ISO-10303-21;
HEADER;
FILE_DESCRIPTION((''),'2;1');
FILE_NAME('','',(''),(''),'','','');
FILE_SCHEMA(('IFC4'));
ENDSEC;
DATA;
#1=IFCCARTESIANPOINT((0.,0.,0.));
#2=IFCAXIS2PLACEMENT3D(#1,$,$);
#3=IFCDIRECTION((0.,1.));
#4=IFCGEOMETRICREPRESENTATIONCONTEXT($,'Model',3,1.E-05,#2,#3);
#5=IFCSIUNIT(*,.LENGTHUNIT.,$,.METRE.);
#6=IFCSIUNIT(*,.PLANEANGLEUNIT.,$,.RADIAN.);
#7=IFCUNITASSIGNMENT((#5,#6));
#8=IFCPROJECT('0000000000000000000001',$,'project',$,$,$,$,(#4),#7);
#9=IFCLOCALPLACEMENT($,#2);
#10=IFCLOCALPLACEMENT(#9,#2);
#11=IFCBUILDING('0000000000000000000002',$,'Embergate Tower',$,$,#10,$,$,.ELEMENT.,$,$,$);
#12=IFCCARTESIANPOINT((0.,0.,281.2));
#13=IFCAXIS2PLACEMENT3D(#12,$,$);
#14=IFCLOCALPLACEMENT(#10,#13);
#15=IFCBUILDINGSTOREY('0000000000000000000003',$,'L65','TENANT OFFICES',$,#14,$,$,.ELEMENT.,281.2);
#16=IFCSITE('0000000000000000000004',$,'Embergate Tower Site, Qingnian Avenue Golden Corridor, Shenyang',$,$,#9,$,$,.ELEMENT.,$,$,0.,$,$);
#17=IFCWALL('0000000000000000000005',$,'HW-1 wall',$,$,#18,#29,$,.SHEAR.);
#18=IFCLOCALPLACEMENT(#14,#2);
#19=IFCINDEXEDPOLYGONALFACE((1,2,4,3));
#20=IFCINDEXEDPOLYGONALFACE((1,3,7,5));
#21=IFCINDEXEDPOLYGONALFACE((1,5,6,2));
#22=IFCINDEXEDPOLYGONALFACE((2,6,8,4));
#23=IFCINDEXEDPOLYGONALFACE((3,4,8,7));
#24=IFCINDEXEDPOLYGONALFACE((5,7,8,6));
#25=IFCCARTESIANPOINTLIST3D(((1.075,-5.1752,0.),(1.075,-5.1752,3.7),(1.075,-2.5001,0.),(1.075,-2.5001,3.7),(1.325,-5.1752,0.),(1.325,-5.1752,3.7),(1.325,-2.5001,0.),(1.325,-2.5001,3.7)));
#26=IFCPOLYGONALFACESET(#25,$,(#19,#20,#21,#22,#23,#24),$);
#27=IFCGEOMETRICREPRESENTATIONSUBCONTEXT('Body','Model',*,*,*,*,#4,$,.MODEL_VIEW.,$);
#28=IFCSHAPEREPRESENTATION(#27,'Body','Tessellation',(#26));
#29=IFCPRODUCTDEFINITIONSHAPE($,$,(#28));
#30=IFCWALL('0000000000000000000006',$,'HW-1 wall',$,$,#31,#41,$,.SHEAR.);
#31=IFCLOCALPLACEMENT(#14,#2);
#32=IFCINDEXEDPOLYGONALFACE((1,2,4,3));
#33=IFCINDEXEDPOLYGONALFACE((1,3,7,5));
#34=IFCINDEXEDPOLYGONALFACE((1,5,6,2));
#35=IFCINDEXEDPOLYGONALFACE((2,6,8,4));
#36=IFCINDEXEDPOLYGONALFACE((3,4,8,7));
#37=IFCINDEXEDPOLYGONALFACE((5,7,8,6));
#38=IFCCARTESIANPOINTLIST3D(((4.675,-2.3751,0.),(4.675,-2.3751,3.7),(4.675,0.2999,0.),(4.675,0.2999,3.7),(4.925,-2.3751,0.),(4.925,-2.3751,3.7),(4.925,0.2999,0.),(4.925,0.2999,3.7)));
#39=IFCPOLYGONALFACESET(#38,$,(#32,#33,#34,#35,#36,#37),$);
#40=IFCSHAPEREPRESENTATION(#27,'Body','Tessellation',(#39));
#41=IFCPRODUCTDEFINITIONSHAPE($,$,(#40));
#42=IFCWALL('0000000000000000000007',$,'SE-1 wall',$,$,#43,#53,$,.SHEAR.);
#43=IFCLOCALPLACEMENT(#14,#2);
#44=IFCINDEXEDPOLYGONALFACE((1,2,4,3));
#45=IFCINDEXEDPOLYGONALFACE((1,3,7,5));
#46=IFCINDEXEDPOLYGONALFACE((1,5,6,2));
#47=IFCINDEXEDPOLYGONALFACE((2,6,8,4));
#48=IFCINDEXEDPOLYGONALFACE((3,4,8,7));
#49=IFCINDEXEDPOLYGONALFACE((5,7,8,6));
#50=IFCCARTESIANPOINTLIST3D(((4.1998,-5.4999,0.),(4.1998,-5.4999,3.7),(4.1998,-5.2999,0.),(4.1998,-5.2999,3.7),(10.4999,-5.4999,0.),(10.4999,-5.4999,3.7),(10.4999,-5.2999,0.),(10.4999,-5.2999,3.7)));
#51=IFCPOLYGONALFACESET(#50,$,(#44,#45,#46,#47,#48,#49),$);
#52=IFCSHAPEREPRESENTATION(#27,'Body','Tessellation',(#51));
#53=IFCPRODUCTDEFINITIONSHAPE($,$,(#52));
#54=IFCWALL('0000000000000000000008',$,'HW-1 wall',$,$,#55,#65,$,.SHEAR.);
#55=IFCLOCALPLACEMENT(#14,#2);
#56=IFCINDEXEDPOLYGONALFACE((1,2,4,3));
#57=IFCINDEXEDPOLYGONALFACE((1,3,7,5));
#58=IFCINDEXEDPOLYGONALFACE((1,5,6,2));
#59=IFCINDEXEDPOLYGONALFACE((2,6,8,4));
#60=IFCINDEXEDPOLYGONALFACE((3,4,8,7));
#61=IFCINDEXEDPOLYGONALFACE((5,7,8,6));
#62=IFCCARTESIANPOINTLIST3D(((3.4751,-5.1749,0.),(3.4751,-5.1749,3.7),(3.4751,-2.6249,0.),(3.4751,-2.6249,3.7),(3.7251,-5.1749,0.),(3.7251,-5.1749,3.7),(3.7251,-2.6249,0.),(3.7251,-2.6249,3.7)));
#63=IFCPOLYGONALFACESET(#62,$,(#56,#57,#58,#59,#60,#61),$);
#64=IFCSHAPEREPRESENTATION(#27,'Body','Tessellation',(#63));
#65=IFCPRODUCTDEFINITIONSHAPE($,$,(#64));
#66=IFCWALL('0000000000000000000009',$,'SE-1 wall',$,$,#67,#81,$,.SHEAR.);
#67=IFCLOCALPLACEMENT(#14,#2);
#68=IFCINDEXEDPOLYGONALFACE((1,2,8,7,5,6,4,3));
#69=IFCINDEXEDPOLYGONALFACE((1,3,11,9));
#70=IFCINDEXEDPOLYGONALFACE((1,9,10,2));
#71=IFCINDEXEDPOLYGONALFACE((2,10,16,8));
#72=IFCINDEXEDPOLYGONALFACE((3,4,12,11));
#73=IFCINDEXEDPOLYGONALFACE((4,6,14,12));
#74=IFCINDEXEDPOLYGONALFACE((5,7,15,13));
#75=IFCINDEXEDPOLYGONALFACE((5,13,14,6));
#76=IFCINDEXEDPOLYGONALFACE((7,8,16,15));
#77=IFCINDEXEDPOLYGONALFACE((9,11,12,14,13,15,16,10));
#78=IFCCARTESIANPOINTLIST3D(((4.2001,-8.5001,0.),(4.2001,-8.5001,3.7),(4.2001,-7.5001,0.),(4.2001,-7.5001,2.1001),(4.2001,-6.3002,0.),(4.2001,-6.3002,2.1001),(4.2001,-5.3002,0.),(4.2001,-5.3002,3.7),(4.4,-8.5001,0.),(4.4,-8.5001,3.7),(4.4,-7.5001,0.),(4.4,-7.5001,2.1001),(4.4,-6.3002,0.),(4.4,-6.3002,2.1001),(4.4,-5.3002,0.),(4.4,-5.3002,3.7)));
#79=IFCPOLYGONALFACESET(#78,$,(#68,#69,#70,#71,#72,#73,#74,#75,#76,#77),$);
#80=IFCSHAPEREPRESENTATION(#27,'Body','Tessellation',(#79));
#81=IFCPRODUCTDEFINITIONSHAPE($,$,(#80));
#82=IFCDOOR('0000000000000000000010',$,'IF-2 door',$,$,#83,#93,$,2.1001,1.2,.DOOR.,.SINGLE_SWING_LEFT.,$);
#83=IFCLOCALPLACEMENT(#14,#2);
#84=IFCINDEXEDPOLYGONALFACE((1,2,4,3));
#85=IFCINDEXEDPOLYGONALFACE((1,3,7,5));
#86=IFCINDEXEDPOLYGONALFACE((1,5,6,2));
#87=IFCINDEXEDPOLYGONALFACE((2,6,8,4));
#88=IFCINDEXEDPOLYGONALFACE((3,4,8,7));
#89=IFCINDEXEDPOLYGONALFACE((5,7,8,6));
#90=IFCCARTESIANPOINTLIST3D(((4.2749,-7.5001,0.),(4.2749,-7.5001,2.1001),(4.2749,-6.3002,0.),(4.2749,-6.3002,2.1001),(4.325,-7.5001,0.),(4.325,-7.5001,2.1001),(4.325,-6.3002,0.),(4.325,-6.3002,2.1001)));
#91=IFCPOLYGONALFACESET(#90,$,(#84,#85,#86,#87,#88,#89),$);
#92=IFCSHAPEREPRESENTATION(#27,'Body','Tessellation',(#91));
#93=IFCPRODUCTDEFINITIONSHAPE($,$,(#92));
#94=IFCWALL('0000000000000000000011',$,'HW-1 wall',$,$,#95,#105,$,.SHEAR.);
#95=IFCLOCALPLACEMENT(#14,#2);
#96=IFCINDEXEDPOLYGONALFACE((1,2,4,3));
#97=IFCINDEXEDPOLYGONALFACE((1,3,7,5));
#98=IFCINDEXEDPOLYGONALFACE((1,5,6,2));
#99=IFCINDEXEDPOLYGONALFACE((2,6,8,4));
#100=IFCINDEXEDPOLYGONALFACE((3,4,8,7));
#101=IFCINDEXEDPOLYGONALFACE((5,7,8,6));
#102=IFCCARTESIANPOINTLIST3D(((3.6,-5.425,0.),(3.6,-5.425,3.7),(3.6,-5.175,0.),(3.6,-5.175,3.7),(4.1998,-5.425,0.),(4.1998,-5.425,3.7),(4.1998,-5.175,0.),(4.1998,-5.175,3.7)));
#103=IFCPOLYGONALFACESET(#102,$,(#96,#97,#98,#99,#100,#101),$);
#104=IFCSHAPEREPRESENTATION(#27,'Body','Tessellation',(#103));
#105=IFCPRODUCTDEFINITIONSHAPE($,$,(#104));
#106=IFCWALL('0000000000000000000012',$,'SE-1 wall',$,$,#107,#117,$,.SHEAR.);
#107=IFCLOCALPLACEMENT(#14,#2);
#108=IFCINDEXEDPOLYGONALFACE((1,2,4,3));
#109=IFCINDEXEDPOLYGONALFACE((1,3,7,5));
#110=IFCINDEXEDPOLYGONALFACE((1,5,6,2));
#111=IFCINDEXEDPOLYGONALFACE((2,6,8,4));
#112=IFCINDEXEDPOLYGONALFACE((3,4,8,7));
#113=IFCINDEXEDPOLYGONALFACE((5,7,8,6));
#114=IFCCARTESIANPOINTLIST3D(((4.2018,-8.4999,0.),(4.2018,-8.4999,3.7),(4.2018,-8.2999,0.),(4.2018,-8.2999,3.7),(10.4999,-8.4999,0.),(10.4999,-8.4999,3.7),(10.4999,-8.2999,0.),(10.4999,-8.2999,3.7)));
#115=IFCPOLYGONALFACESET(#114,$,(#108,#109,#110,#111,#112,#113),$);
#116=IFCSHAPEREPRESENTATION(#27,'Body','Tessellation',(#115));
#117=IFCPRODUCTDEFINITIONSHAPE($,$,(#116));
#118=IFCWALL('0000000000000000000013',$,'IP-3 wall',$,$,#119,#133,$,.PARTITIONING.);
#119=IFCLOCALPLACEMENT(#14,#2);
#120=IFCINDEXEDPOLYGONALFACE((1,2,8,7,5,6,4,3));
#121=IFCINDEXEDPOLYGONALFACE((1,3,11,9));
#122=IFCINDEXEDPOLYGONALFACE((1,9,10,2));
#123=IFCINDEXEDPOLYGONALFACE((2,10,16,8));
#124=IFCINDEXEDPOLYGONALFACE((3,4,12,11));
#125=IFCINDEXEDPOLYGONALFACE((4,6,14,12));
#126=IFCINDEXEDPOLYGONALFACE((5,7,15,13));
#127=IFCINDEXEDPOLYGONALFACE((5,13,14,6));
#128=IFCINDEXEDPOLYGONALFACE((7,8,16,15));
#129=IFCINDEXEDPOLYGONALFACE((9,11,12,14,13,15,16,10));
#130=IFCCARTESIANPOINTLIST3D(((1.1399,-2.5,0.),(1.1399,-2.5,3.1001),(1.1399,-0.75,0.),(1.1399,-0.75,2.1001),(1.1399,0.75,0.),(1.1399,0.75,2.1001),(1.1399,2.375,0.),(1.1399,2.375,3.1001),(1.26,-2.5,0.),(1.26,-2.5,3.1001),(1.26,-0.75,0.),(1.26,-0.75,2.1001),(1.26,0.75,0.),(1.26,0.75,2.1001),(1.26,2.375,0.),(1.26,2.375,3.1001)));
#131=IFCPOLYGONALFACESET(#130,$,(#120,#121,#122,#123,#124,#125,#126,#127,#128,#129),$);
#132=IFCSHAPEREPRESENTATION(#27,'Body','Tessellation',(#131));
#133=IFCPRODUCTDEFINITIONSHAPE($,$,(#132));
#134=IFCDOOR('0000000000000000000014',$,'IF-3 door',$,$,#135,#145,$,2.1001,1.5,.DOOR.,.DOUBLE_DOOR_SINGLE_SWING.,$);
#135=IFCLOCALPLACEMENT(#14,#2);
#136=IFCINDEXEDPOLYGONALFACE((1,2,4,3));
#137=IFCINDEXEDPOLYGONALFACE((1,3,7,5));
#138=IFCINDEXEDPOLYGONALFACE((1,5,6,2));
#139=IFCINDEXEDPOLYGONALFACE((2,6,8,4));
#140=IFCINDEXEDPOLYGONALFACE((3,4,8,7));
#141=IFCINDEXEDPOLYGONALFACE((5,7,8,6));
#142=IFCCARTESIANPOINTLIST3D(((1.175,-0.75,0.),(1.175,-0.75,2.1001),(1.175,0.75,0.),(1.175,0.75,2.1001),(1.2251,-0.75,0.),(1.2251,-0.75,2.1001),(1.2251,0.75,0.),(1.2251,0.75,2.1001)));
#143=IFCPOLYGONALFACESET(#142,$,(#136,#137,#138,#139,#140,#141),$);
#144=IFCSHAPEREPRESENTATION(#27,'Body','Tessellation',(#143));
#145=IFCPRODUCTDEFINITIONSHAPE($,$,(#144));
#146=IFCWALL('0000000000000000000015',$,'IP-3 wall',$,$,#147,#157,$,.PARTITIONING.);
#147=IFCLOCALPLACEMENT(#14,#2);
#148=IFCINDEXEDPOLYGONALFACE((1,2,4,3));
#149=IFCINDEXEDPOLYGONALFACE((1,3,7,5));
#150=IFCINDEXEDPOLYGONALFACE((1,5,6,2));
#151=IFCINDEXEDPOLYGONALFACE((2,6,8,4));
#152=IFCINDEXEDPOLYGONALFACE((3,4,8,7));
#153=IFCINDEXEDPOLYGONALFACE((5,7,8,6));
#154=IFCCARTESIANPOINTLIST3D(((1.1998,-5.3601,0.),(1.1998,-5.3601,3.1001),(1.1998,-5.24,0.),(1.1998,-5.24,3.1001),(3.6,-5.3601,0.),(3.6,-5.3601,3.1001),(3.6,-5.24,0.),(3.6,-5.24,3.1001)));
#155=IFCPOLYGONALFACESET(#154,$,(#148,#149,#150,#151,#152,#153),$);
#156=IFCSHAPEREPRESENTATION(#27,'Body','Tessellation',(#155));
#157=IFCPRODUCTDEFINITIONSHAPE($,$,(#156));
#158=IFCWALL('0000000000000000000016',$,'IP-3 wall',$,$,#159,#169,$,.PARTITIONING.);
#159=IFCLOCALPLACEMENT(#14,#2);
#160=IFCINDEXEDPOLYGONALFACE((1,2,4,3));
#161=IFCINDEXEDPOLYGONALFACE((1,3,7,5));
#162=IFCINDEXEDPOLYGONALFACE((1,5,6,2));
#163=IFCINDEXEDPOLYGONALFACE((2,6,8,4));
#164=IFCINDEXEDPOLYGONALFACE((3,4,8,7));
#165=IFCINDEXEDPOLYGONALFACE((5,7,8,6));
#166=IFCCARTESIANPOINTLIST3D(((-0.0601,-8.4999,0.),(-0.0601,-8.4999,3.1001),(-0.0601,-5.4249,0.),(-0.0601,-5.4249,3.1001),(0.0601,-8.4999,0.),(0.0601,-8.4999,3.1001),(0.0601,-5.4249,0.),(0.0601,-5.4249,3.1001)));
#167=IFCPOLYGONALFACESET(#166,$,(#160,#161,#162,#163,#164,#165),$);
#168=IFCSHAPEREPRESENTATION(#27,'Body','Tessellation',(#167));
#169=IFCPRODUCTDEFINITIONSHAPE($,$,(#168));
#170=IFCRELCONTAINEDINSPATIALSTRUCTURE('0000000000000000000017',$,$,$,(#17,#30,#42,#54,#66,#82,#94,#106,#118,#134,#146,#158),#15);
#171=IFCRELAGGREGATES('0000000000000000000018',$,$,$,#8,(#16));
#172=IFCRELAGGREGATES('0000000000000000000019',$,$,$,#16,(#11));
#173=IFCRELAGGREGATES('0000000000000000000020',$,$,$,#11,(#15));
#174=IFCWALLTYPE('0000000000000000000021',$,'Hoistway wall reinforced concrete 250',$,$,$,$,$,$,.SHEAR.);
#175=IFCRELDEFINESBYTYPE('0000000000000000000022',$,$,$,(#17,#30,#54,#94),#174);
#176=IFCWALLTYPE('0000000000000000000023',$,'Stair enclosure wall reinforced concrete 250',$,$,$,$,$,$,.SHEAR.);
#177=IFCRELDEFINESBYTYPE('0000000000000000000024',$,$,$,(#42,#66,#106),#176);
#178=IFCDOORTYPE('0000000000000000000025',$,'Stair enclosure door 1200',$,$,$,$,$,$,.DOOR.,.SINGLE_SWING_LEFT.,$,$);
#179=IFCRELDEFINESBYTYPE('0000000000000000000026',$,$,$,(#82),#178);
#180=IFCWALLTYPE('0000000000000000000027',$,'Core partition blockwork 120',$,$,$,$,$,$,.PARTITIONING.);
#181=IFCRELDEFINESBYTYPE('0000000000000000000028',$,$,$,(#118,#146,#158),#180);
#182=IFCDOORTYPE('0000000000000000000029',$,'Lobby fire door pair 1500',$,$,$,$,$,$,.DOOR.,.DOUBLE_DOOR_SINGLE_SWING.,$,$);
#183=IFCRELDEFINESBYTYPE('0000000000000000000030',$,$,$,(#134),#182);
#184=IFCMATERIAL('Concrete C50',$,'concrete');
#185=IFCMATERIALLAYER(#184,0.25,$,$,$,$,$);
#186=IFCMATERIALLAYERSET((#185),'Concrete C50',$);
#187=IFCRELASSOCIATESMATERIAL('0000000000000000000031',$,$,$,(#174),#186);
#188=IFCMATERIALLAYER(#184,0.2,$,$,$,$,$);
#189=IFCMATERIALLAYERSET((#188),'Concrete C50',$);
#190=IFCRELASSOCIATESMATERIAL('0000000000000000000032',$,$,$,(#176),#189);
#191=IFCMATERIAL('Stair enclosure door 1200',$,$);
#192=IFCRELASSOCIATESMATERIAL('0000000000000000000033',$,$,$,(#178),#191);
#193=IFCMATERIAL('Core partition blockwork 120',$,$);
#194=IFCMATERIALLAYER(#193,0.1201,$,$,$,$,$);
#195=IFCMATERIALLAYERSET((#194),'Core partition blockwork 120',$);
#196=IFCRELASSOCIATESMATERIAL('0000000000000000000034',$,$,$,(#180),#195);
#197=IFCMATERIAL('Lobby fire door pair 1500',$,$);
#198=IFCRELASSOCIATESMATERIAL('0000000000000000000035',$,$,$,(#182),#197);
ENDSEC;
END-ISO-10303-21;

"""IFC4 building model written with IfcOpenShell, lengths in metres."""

from ifc_helpers import new_model, si_unit, direction, frame, frame_2d, origin, place, context, subcontext, project, spatial, rectangle, extrude, source, transform, mapped, material, layer, layer_set, type_object, element, fill, save


model = new_model("IFC4")

# Units and contexts
model_context = context("Model", 3, precision=1e-05, world=origin(), true_north=direction((0.0, 1.0)))
body_context = subcontext(model_context, "Body", "Model", "MODEL_VIEW")
ifc_project = project(units=[si_unit("LENGTHUNIT", "METRE"), si_unit("PLANEANGLEUNIT", "RADIAN")], contexts=[model_context])

# Site, building, storey
site_placement = place(None, origin())
site = spatial("IfcSite", under=ifc_project, at=site_placement, Name="Embergate Tower Site, Qingnian Avenue Golden Corridor, Shenyang", CompositionType="ELEMENT", RefElevation=0.0)
building_placement = place(site_placement, origin())
building = spatial("IfcBuilding", under=site, at=building_placement, Name="Embergate Tower", CompositionType="ELEMENT")
storey_placement = place(building_placement, frame((0.0, 0.0, 281.2)))
storey = spatial("IfcBuildingStorey", under=building, at=storey_placement, Name="L65", Description="TENANT OFFICES", CompositionType="ELEMENT", Elevation=281.2)

# Walls
ifc_material_1 = material(Name="Concrete C50", Category="concrete")
ifc_layer_1 = layer(ifc_material_1, 0.25)
ifc_layer_set_1 = layer_set([ifc_layer_1], Name="Concrete C50")
wall_type_1 = type_object("IfcWallType", Name="Hoistway wall reinforced concrete 250", PredefinedType="SHEAR", material=ifc_layer_set_1)
shared_shape_1 = source(origin(), body_context, "Body", "SweptSolid", [
    extrude(rectangle(XDim=2.675, YDim=0.25, at=frame_2d((1.3374, 0.0))), origin(), (0.0, 0.0, 1.0), 3.7),
])
for number, where, z_axis, x_axis, name in (
    (1, (1.2, -5.175, 0.0), (0.0, 0.0, 1.0), (0.0, 1.0, 0.0), "HW-1 wall"),
    (2, (4.8, -2.375, 0.0), (0.0, 0.0, 1.0), (0.0, 1.0, 0.0), "HW-1 wall"),
):
    element("IfcWall", number, at=place(storey_placement, frame(where, z_axis=z_axis, x_axis=x_axis)), inside=storey, type_object=wall_type_1, Name=name, PredefinedType="SHEAR", context=body_context, shape_type="MappedRepresentation", body=[
        mapped(shared_shape_1, transform((0.0, 0.0, 0.0))),
    ])
ifc_layer_2 = layer(ifc_material_1, 0.2)
ifc_layer_set_2 = layer_set([ifc_layer_2], Name="Concrete C50")
wall_type_2 = type_object("IfcWallType", Name="Stair enclosure wall reinforced concrete 250", PredefinedType="SHEAR", material=ifc_layer_set_2)
shared_shape_2 = source(origin(), body_context, "Body", "SweptSolid", [
    extrude(rectangle(XDim=6.3, YDim=0.2, at=frame_2d((3.1499, 0.0))), origin(), (0.0, 0.0, 1.0), 3.7),
])
wall_1_placement = place(storey_placement, frame((4.2, -5.3999, 0.0), z_axis=(0.0, 0.0, 1.0), x_axis=(1.0, 0.0, 0.0)))
element("IfcWall", 3, at=wall_1_placement, inside=storey, type_object=wall_type_2, Name="SE-1 wall", PredefinedType="SHEAR", context=body_context, shape_type="MappedRepresentation", body=[
    mapped(shared_shape_2, transform((0.0, 0.0, 0.0))),
])
shared_shape_3 = source(origin(), body_context, "Body", "SweptSolid", [
    extrude(rectangle(XDim=2.55, YDim=0.25, at=frame_2d((1.2749, 0.0))), origin(), (0.0, 0.0, 1.0), 3.7),
])
wall_2_placement = place(storey_placement, frame((3.6001, -2.625, 0.0), z_axis=(0.0, 0.0, 1.0), x_axis=(0.0, -1.0, 0.0)))
element("IfcWall", 4, at=wall_2_placement, inside=storey, type_object=wall_type_1, Name="HW-1 wall", PredefinedType="SHEAR", context=body_context, shape_type="MappedRepresentation", body=[
    mapped(shared_shape_3, transform((0.0, 0.0, 0.0))),
])

# Wall, opening, door
shared_shape_4 = source(origin(), body_context, "Body", "SweptSolid", [
    extrude(rectangle(XDim=3.2, YDim=0.2, at=frame_2d((1.6001, 0.0))), origin(), (0.0, 0.0, 1.0), 3.7),
])
wall_3_placement = place(storey_placement, frame((4.3, -5.3, 0.0), z_axis=(0.0, 0.0, 1.0), x_axis=(0.0, -1.0, 0.0)))
wall_3 = element("IfcWall", 5, at=wall_3_placement, inside=storey, type_object=wall_type_2, Name="SE-1 wall", PredefinedType="SHEAR", context=body_context, shape_type="MappedRepresentation", body=[
    mapped(shared_shape_4, transform((0.0, 0.0, 0.0))),
])
shared_shape_5 = source(origin(), body_context, "Body", "SweptSolid", [
    extrude(rectangle(XDim=1.2, YDim=2.1001, at=frame_2d((0.6001, 1.05))), frame((0.0, 0.1099, 0.0), z_axis=(0.0, -1.0, 0.0), x_axis=(1.0, 0.0, 0.0)), (0.0, 0.0, 1.0), 0.22),
])
opening_1_placement = place(wall_3_placement, frame((1.0, 0.0, 0.0)))
opening_1 = element("IfcOpeningElement", 6, at=opening_1_placement, cuts=wall_3, PredefinedType="OPENING", context=body_context, shape_type="MappedRepresentation", body=[
    mapped(shared_shape_5, transform((0.0, 0.0, 0.0))),
])
ifc_material_2 = material(Name="Stair enclosure door 1200")
door_type_1 = type_object("IfcDoorType", Name="Stair enclosure door 1200", OperationType="SINGLE_SWING_LEFT", PredefinedType="DOOR", material=ifc_material_2)
shared_shape_6 = source(origin(), body_context, "Body", "SweptSolid", [
    extrude(rectangle(XDim=1.2, YDim=2.1001, at=frame_2d((0.6001, 1.05))), frame((0.0, 0.0249, 0.0), z_axis=(0.0, -1.0, 0.0), x_axis=(1.0, 0.0, 0.0)), (0.0, 0.0, 1.0), 0.05),
])
door_1_placement = place(opening_1_placement, origin())
door_1 = element("IfcDoor", 7, at=door_1_placement, inside=storey, type_object=door_type_1, Name="IF-2 door", OperationType="SINGLE_SWING_LEFT", OverallHeight=2.1001, OverallWidth=1.2, PredefinedType="DOOR", context=body_context, shape_type="MappedRepresentation", body=[
    mapped(shared_shape_6, transform((0.0, 0.0, 0.0))),
])
fill(opening_1, door_1)

# Walls
shared_shape_7 = source(origin(), body_context, "Body", "SweptSolid", [
    extrude(rectangle(XDim=0.5999, YDim=0.25, at=frame_2d((0.2998, 0.0))), origin(), (0.0, 0.0, 1.0), 3.7),
])
wall_4_placement = place(storey_placement, frame((3.6001, -5.3, 0.0), z_axis=(0.0, 0.0, 1.0), x_axis=(1.0, 0.0, 0.0)))
element("IfcWall", 8, at=wall_4_placement, inside=storey, type_object=wall_type_1, Name="HW-1 wall", PredefinedType="SHEAR", context=body_context, shape_type="MappedRepresentation", body=[
    mapped(shared_shape_7, transform((0.0, 0.0, 0.0))),
])
shared_shape_8 = source(origin(), body_context, "Body", "SweptSolid", [
    extrude(rectangle(XDim=6.2981, YDim=0.2, at=frame_2d((3.1489, 0.0))), origin(), (0.0, 0.0, 1.0), 3.7),
])
wall_5_placement = place(storey_placement, frame((4.2019, -8.3999, 0.0), z_axis=(0.0, 0.0, 1.0), x_axis=(1.0, 0.0, 0.0)))
element("IfcWall", 9, at=wall_5_placement, inside=storey, type_object=wall_type_2, Name="SE-1 wall", PredefinedType="SHEAR", context=body_context, shape_type="MappedRepresentation", body=[
    mapped(shared_shape_8, transform((0.0, 0.0, 0.0))),
])

# Wall, opening, door
ifc_material_3 = material(Name="Core partition blockwork 120")
ifc_layer_3 = layer(ifc_material_3, 0.1201)
ifc_layer_set_3 = layer_set([ifc_layer_3], Name="Core partition blockwork 120")
wall_type_3 = type_object("IfcWallType", Name="Core partition blockwork 120", PredefinedType="PARTITIONING", material=ifc_layer_set_3)
shared_shape_9 = source(origin(), body_context, "Body", "SweptSolid", [
    extrude(rectangle(XDim=4.875, YDim=0.1201, at=frame_2d((2.4375, 0.0))), origin(), (0.0, 0.0, 1.0), 3.1001),
])
wall_6_placement = place(storey_placement, frame((1.2, -2.5, 0.0), z_axis=(0.0, 0.0, 1.0), x_axis=(0.0, 1.0, 0.0)))
wall_6 = element("IfcWall", 10, at=wall_6_placement, inside=storey, type_object=wall_type_3, Name="IP-3 wall", PredefinedType="PARTITIONING", context=body_context, shape_type="MappedRepresentation", body=[
    mapped(shared_shape_9, transform((0.0, 0.0, 0.0))),
])
shared_shape_10 = source(origin(), body_context, "Body", "SweptSolid", [
    extrude(rectangle(XDim=1.5, YDim=2.1001, at=frame_2d((0.75, 1.05))), frame((0.0, 0.0701, 0.0), z_axis=(0.0, -1.0, 0.0), x_axis=(1.0, 0.0, 0.0)), (0.0, 0.0, 1.0), 0.1401),
])
opening_2_placement = place(wall_6_placement, frame((1.75, 0.0, 0.0)))
opening_2 = element("IfcOpeningElement", 11, at=opening_2_placement, cuts=wall_6, PredefinedType="OPENING", context=body_context, shape_type="MappedRepresentation", body=[
    mapped(shared_shape_10, transform((0.0, 0.0, 0.0))),
])
ifc_material_4 = material(Name="Lobby fire door pair 1500")
door_type_2 = type_object("IfcDoorType", Name="Lobby fire door pair 1500", OperationType="DOUBLE_DOOR_SINGLE_SWING", PredefinedType="DOOR", material=ifc_material_4)
shared_shape_11 = source(origin(), body_context, "Body", "SweptSolid", [
    extrude(rectangle(XDim=1.5, YDim=2.1001, at=frame_2d((0.75, 1.05))), frame((0.0, 0.0249, 0.0), z_axis=(0.0, -1.0, 0.0), x_axis=(1.0, 0.0, 0.0)), (0.0, 0.0, 1.0), 0.05),
])
door_2_placement = place(opening_2_placement, origin())
door_2 = element("IfcDoor", 12, at=door_2_placement, inside=storey, type_object=door_type_2, Name="IF-3 door", OperationType="DOUBLE_DOOR_SINGLE_SWING", OverallHeight=2.1001, OverallWidth=1.5, PredefinedType="DOOR", context=body_context, shape_type="MappedRepresentation", body=[
    mapped(shared_shape_11, transform((0.0, 0.0, 0.0))),
])
fill(opening_2, door_2)

# Walls
shared_shape_12 = source(origin(), body_context, "Body", "SweptSolid", [
    extrude(rectangle(XDim=2.4001, YDim=0.1201, at=frame_2d((1.2002, 0.0))), origin(), (0.0, 0.0, 1.0), 3.1001),
])
wall_7_placement = place(storey_placement, frame((3.6001, -5.3, 0.0), z_axis=(0.0, 0.0, 1.0), x_axis=(-1.0, 0.0, 0.0)))
element("IfcWall", 13, at=wall_7_placement, inside=storey, type_object=wall_type_3, Name="IP-3 wall", PredefinedType="PARTITIONING", context=body_context, shape_type="MappedRepresentation", body=[
    mapped(shared_shape_12, transform((0.0, 0.0, 0.0))),
])
shared_shape_13 = source(origin(), body_context, "Body", "SweptSolid", [
    extrude(rectangle(XDim=3.075, YDim=0.1201, at=frame_2d((1.5376, 0.0))), origin(), (0.0, 0.0, 1.0), 3.1001),
])
wall_8_placement = place(storey_placement, frame((0.0, -8.5, 0.0), z_axis=(0.0, 0.0, 1.0), x_axis=(0.0, 1.0, 0.0)))
element("IfcWall", 14, at=wall_8_placement, inside=storey, type_object=wall_type_3, Name="IP-3 wall", PredefinedType="PARTITIONING", context=body_context, shape_type="MappedRepresentation", body=[
    mapped(shared_shape_13, transform((0.0, 0.0, 0.0))),
])

save(model, "model.ifc")
